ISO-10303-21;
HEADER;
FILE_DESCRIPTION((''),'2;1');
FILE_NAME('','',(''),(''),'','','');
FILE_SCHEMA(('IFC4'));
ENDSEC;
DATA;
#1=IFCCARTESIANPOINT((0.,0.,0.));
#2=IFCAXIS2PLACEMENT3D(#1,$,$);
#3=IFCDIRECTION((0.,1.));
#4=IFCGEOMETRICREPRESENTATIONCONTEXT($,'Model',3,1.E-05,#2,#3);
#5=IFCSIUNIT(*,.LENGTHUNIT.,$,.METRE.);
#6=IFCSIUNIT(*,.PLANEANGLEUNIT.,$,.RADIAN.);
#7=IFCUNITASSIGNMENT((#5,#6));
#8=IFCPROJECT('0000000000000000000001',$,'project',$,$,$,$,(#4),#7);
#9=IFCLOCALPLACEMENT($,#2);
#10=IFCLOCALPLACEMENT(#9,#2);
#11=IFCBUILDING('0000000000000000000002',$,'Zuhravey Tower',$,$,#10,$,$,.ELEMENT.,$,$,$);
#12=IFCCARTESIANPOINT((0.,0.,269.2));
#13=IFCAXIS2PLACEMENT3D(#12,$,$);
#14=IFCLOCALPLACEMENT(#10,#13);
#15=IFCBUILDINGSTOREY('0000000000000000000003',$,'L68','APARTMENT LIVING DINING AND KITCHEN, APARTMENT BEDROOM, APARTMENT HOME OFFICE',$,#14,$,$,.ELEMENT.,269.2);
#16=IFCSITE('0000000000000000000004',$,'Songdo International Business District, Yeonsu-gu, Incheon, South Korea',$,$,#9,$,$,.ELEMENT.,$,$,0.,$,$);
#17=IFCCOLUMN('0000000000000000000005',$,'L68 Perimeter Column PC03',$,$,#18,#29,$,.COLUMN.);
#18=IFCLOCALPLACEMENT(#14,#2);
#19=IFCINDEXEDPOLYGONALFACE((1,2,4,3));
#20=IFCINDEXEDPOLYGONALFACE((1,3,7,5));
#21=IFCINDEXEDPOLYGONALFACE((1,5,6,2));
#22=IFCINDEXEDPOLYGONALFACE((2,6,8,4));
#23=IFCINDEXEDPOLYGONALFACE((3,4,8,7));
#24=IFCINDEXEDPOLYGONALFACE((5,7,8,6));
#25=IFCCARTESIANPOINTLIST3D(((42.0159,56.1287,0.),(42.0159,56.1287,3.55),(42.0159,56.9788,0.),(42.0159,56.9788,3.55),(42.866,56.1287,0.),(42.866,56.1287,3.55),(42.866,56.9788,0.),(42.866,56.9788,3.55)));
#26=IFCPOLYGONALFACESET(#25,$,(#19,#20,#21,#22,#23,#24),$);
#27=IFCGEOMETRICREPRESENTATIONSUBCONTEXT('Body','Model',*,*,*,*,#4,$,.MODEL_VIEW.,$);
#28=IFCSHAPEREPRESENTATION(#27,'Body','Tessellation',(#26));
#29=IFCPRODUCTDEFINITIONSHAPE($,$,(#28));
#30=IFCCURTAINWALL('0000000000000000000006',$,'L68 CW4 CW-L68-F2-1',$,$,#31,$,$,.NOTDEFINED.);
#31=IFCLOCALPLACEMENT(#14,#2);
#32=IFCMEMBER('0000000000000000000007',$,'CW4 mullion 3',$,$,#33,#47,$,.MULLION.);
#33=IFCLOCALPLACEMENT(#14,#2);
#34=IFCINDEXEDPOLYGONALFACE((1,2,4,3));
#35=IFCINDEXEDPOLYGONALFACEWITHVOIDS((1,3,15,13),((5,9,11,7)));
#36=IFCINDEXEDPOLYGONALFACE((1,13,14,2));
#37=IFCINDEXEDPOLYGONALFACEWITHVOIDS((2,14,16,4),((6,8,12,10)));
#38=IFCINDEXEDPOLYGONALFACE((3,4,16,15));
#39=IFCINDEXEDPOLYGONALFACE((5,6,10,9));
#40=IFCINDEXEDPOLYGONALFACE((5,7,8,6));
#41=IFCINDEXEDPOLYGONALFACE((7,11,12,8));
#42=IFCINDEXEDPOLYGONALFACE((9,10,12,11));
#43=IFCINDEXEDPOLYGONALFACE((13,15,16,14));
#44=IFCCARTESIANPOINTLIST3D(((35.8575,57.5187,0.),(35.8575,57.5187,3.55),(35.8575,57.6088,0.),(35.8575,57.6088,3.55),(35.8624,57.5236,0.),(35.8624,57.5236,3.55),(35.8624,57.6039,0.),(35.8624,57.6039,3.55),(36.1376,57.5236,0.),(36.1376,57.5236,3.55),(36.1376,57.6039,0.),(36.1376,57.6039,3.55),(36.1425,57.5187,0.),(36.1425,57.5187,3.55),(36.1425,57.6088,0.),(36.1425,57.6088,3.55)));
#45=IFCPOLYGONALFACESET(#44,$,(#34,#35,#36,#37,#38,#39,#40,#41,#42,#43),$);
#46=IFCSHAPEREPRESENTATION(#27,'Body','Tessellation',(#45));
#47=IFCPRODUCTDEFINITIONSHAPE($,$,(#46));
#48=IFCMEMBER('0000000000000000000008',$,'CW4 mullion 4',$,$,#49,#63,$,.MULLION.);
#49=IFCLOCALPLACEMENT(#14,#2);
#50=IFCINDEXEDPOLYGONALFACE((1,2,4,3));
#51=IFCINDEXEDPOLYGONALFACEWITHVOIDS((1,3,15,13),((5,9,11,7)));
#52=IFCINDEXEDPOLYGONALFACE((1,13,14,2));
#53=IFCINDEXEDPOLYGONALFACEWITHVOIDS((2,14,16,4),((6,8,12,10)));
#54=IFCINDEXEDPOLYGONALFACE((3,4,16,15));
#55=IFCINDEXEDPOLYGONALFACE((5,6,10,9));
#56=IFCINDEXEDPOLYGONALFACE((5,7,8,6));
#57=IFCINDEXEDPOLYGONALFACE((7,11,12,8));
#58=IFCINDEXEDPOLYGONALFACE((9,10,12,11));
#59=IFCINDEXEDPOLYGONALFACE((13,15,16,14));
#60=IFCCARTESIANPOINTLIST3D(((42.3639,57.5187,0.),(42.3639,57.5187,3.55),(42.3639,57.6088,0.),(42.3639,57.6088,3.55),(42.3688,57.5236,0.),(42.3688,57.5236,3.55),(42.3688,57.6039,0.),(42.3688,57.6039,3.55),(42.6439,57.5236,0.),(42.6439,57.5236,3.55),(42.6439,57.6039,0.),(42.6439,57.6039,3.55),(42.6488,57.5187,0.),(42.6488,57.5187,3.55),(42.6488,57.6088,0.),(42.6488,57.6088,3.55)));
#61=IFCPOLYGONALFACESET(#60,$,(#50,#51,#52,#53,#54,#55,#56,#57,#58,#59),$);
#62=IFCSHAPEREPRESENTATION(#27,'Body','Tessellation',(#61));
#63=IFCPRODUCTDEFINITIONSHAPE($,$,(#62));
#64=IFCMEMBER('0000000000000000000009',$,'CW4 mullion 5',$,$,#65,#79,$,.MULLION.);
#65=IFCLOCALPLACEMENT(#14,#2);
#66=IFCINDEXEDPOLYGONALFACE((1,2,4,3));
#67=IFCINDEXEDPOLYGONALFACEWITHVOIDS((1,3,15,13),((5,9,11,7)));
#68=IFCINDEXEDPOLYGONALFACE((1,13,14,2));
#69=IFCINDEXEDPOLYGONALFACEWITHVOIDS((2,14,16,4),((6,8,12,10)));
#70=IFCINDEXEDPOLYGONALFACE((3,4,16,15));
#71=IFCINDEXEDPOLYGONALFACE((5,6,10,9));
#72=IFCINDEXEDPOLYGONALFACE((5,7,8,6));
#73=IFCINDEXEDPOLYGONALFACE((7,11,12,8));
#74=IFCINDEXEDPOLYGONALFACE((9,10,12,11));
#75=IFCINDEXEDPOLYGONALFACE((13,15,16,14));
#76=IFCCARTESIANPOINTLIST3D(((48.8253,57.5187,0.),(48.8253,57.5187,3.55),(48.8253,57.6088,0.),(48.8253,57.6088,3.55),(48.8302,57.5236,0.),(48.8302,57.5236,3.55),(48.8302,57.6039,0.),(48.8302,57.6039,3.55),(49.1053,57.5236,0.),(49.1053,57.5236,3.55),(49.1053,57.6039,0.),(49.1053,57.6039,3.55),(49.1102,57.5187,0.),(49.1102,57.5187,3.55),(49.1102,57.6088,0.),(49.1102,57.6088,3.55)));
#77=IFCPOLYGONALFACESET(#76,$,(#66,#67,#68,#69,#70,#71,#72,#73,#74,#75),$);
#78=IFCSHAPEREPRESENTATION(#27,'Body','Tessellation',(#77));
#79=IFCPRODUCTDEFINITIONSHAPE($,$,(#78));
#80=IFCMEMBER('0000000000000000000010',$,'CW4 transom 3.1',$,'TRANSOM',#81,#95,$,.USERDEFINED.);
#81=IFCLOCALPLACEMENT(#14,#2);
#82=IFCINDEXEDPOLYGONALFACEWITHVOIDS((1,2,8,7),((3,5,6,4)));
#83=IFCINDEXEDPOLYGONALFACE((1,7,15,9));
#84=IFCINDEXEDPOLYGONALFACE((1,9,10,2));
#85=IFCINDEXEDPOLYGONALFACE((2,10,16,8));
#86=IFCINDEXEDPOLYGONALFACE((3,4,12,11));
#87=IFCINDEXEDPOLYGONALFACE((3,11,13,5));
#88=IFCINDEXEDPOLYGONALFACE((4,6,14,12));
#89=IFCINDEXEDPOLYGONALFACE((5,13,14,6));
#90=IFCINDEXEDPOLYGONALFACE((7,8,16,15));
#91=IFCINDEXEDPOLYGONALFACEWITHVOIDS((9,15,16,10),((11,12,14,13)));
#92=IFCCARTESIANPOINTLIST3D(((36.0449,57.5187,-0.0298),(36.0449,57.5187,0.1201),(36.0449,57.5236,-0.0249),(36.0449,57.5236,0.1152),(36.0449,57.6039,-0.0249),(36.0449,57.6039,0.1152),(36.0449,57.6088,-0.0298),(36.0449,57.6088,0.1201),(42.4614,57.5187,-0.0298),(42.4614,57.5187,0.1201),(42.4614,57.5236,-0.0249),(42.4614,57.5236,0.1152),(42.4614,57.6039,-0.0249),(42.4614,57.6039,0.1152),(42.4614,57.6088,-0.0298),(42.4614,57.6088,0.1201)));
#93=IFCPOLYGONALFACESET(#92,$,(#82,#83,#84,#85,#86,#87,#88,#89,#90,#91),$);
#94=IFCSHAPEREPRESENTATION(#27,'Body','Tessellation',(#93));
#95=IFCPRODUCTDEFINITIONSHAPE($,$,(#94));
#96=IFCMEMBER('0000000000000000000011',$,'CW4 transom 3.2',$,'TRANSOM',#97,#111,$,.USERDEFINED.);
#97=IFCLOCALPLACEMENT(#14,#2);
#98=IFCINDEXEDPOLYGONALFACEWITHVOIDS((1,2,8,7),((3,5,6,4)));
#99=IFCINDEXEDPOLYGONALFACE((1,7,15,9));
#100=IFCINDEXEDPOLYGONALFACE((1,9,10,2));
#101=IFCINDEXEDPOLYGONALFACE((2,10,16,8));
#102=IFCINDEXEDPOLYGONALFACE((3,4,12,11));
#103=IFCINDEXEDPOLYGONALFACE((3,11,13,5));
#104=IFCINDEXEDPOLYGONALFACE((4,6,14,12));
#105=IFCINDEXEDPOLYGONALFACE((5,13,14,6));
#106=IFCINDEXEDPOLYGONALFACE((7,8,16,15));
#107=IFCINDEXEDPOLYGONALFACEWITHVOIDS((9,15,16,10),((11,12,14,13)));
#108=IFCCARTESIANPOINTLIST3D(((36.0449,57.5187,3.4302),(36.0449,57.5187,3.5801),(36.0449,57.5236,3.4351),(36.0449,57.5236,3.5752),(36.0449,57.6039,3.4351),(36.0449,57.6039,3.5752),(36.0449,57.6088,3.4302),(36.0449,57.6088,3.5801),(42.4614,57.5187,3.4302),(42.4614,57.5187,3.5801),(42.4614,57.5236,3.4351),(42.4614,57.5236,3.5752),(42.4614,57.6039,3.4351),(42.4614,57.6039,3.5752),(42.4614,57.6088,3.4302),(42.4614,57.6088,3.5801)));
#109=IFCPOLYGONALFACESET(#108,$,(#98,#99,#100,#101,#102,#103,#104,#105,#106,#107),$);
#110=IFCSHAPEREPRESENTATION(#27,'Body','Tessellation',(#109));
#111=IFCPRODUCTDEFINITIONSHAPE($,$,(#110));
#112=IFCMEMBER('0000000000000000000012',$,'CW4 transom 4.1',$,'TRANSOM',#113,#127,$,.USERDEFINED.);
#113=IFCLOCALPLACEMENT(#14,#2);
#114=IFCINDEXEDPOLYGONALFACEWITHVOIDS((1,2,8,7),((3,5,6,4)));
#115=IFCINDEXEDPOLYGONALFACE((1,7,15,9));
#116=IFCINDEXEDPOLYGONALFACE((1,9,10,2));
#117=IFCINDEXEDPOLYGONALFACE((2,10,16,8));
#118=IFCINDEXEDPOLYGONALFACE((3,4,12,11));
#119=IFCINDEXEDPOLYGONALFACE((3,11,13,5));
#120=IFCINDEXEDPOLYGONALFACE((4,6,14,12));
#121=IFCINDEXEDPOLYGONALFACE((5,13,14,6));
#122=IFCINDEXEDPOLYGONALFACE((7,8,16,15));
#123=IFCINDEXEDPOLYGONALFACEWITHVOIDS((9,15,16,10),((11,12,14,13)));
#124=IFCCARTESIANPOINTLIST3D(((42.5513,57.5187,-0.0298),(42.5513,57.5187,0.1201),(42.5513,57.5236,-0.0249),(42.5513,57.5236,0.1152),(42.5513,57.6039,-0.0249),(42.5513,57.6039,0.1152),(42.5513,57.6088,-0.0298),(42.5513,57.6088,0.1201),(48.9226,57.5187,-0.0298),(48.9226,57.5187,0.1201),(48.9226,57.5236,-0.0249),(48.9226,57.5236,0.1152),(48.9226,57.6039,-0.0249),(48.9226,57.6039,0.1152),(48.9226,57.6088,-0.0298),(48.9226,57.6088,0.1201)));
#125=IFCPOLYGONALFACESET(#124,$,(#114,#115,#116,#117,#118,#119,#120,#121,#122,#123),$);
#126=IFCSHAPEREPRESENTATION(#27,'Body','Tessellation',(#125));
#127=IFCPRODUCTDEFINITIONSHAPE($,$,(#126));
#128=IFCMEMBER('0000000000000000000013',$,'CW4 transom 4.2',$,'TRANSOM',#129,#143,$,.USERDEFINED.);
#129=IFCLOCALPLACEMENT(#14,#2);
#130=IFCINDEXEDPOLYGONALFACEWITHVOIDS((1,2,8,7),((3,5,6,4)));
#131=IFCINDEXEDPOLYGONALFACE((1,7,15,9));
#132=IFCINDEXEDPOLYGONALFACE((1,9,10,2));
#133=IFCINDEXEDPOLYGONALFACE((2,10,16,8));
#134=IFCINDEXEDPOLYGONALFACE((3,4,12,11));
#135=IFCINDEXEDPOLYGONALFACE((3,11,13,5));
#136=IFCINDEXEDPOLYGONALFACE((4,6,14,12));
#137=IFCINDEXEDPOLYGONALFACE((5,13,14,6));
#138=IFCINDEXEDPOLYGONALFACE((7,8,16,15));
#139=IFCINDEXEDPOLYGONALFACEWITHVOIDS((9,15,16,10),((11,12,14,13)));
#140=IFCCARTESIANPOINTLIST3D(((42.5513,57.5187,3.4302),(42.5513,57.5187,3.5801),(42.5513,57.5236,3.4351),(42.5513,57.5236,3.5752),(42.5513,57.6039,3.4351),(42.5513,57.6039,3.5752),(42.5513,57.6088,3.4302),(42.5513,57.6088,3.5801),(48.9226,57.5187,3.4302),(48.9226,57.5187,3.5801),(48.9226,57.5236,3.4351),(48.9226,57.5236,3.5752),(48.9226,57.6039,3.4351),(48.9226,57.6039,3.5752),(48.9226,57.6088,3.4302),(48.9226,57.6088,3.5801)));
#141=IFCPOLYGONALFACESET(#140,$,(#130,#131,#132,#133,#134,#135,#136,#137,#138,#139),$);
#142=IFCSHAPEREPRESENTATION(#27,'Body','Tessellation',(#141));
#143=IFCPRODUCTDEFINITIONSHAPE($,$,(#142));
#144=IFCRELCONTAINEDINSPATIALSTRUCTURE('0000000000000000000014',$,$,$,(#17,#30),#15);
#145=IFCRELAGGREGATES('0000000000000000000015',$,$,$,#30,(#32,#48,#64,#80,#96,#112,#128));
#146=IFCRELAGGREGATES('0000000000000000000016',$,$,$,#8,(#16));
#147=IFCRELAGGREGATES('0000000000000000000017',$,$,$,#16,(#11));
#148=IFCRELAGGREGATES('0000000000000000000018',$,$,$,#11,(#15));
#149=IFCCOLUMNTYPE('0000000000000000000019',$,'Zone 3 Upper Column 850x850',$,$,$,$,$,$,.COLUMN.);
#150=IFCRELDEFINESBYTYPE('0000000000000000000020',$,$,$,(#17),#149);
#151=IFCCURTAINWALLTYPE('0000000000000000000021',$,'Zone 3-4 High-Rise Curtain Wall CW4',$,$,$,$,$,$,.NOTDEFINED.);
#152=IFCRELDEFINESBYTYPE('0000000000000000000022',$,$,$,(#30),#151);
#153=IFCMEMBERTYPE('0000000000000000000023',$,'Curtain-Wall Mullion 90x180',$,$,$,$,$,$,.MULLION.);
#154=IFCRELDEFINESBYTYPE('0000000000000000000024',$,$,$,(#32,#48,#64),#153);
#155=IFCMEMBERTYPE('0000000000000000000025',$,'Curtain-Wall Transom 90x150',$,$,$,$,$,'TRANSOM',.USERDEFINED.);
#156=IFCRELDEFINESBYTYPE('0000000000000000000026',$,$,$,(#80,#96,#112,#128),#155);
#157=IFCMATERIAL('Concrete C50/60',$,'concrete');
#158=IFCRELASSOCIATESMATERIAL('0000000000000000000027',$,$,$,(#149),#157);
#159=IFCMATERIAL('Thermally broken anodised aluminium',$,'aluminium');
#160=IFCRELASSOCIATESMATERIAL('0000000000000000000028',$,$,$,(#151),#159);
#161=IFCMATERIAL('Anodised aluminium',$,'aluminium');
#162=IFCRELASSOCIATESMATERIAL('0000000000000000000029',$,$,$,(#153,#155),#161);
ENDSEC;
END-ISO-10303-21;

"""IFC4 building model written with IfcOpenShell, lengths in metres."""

from ifc_helpers import new_model, si_unit, direction, frame, origin, origin_2d, place, context, subcontext, project, spatial, rectangle, hollow_rectangle, extrude, material, material_profile, profile_set, type_object, element, aggregate, save


model = new_model("IFC4")

# Units and contexts
model_context = context("Model", 3, precision=1e-05, world=origin(), true_north=direction((0.0, 1.0)))
body_context = subcontext(model_context, "Body", "Model", "MODEL_VIEW")
ifc_project = project(units=[si_unit("LENGTHUNIT", "METRE"), si_unit("PLANEANGLEUNIT", "RADIAN")], contexts=[model_context])

# Site, building, storey
site_placement = place(None, origin())
site = spatial("IfcSite", under=ifc_project, at=site_placement, Name="Songdo International Business District, Yeonsu-gu, Incheon, South Korea", CompositionType="ELEMENT", RefElevation=0.0)
building_placement = place(site_placement, origin())
building = spatial("IfcBuilding", under=site, at=building_placement, Name="Zuhravey Tower", CompositionType="ELEMENT")
storey_placement = place(building_placement, frame((0.0, 0.0, 269.2)))
storey = spatial("IfcBuildingStorey", under=building, at=storey_placement, Name="L68", Description="APARTMENT LIVING DINING AND KITCHEN, APARTMENT BEDROOM, APARTMENT HOME OFFICE", CompositionType="ELEMENT", Elevation=269.2)

# Column
ifc_material_1 = material(Name="Concrete C50/60", Category="concrete")
ifc_material_profile_1 = material_profile(ifc_material_1, rectangle(XDim=0.8501, YDim=0.8501, at=origin_2d()), Name="RC-850x850")
ifc_profile_set_1 = profile_set([ifc_material_profile_1], Name="Concrete C50/60")
column_type = type_object("IfcColumnType", Name="Zone 3 Upper Column 850x850", PredefinedType="COLUMN", material=ifc_profile_set_1)
column_placement = place(storey_placement, frame((42.4409, 56.5537, 0.0), z_axis=(0.0, 0.0, 1.0), x_axis=(-1.0, 0.0, 0.0)))
element("IfcColumn", 1, at=column_placement, inside=storey, type_object=column_type, Name="L68 Perimeter Column PC03", PredefinedType="COLUMN", context=body_context, shape_type="SweptSolid", body=[
    extrude(rectangle(XDim=0.8501, YDim=0.8501, at=origin_2d()), origin(), (0.0, 0.0, 1.0), 3.55),
])

# Curtain wall, members
ifc_material_2 = material(Name="Thermally broken anodised aluminium", Category="aluminium")
curtain_wall_type = type_object("IfcCurtainWallType", Name="Zone 3-4 High-Rise Curtain Wall CW4", PredefinedType="NOTDEFINED", material=ifc_material_2)
curtain_wall_placement = place(storey_placement, origin())
curtain_wall = element("IfcCurtainWall", 2, at=curtain_wall_placement, inside=storey, type_object=curtain_wall_type, Name="L68 CW4 CW-L68-F2-1", PredefinedType="NOTDEFINED")
ifc_material_3 = material(Name="Anodised aluminium", Category="aluminium")
ifc_material_profile_2 = material_profile(ifc_material_3, hollow_rectangle(XDim=0.0901, YDim=0.2849, WallThickness=0.0049, at=origin_2d()), Name="ALU-RHS-90x285x5")
ifc_profile_set_2 = profile_set([ifc_material_profile_2], Name="Anodised aluminium")
member_type_1 = type_object("IfcMemberType", Name="Curtain-Wall Mullion 90x180", PredefinedType="MULLION", material=ifc_profile_set_2)
member_1_placement = place(storey_placement, frame((36.0, 57.5637, 0.0), z_axis=(0.0, 0.0, 1.0), x_axis=(0.0, 1.0, 0.0)))
member_1 = element("IfcMember", 3, at=member_1_placement, type_object=member_type_1, Name="CW4 mullion 3", PredefinedType="MULLION", context=body_context, shape_type="SweptSolid", body=[
    extrude(hollow_rectangle(XDim=0.0901, YDim=0.2849, WallThickness=0.0049, at=origin_2d()), origin(), (0.0, 0.0, 1.0), 3.55),
])
member_2_placement = place(storey_placement, frame((42.5063, 57.5637, 0.0), z_axis=(0.0, 0.0, 1.0), x_axis=(0.0, 1.0, 0.0)))
member_2 = element("IfcMember", 4, at=member_2_placement, type_object=member_type_1, Name="CW4 mullion 4", PredefinedType="MULLION", context=body_context, shape_type="SweptSolid", body=[
    extrude(hollow_rectangle(XDim=0.0901, YDim=0.2849, WallThickness=0.0049, at=origin_2d()), origin(), (0.0, 0.0, 1.0), 3.55),
])
member_3_placement = place(storey_placement, frame((48.9678, 57.5637, 0.0), z_axis=(0.0, 0.0, 1.0), x_axis=(0.0, 1.0, 0.0)))
member_3 = element("IfcMember", 5, at=member_3_placement, type_object=member_type_1, Name="CW4 mullion 5", PredefinedType="MULLION", context=body_context, shape_type="SweptSolid", body=[
    extrude(hollow_rectangle(XDim=0.0901, YDim=0.2849, WallThickness=0.0049, at=origin_2d()), origin(), (0.0, 0.0, 1.0), 3.55),
])
ifc_material_profile_3 = material_profile(ifc_material_3, hollow_rectangle(XDim=0.0901, YDim=0.1499, WallThickness=0.0049, at=origin_2d()), Name="ALU-RHS-90x150x5")
ifc_profile_set_3 = profile_set([ifc_material_profile_3], Name="Anodised aluminium")
member_type_2 = type_object("IfcMemberType", Name="Curtain-Wall Transom 90x150", ElementType="TRANSOM", PredefinedType="USERDEFINED", material=ifc_profile_set_3)
member_4_placement = place(storey_placement, frame((36.0449, 57.5637, 0.0452), z_axis=(1.0, 0.0, 0.0), x_axis=(0.0, 1.0, 0.0)))
member_4 = element("IfcMember", 6, at=member_4_placement, type_object=member_type_2, Name="CW4 transom 3.1", ObjectType="TRANSOM", PredefinedType="USERDEFINED", context=body_context, shape_type="SweptSolid", body=[
    extrude(hollow_rectangle(XDim=0.0901, YDim=0.1499, WallThickness=0.0049, at=origin_2d()), origin(), (0.0, 0.0, 1.0), 6.4165),
])
member_5_placement = place(storey_placement, frame((36.0449, 57.5637, 3.5051), z_axis=(1.0, 0.0, 0.0), x_axis=(0.0, 1.0, 0.0)))
member_5 = element("IfcMember", 7, at=member_5_placement, type_object=member_type_2, Name="CW4 transom 3.2", ObjectType="TRANSOM", PredefinedType="USERDEFINED", context=body_context, shape_type="SweptSolid", body=[
    extrude(hollow_rectangle(XDim=0.0901, YDim=0.1499, WallThickness=0.0049, at=origin_2d()), origin(), (0.0, 0.0, 1.0), 6.4165),
])
member_6_placement = place(storey_placement, frame((42.5513, 57.5637, 0.0452), z_axis=(1.0, 0.0, 0.0), x_axis=(0.0, 1.0, 0.0)))
member_6 = element("IfcMember", 8, at=member_6_placement, type_object=member_type_2, Name="CW4 transom 4.1", ObjectType="TRANSOM", PredefinedType="USERDEFINED", context=body_context, shape_type="SweptSolid", body=[
    extrude(hollow_rectangle(XDim=0.0901, YDim=0.1499, WallThickness=0.0049, at=origin_2d()), origin(), (0.0, 0.0, 1.0), 6.3713),
])
member_7_placement = place(storey_placement, frame((42.5513, 57.5637, 3.5051), z_axis=(1.0, 0.0, 0.0), x_axis=(0.0, 1.0, 0.0)))
member_7 = element("IfcMember", 9, at=member_7_placement, type_object=member_type_2, Name="CW4 transom 4.2", ObjectType="TRANSOM", PredefinedType="USERDEFINED", context=body_context, shape_type="SweptSolid", body=[
    extrude(hollow_rectangle(XDim=0.0901, YDim=0.1499, WallThickness=0.0049, at=origin_2d()), origin(), (0.0, 0.0, 1.0), 6.3713),
])

aggregate(curtain_wall, [member_1, member_2, member_3, member_4, member_5, member_6, member_7])

save(model, "model.ifc")
